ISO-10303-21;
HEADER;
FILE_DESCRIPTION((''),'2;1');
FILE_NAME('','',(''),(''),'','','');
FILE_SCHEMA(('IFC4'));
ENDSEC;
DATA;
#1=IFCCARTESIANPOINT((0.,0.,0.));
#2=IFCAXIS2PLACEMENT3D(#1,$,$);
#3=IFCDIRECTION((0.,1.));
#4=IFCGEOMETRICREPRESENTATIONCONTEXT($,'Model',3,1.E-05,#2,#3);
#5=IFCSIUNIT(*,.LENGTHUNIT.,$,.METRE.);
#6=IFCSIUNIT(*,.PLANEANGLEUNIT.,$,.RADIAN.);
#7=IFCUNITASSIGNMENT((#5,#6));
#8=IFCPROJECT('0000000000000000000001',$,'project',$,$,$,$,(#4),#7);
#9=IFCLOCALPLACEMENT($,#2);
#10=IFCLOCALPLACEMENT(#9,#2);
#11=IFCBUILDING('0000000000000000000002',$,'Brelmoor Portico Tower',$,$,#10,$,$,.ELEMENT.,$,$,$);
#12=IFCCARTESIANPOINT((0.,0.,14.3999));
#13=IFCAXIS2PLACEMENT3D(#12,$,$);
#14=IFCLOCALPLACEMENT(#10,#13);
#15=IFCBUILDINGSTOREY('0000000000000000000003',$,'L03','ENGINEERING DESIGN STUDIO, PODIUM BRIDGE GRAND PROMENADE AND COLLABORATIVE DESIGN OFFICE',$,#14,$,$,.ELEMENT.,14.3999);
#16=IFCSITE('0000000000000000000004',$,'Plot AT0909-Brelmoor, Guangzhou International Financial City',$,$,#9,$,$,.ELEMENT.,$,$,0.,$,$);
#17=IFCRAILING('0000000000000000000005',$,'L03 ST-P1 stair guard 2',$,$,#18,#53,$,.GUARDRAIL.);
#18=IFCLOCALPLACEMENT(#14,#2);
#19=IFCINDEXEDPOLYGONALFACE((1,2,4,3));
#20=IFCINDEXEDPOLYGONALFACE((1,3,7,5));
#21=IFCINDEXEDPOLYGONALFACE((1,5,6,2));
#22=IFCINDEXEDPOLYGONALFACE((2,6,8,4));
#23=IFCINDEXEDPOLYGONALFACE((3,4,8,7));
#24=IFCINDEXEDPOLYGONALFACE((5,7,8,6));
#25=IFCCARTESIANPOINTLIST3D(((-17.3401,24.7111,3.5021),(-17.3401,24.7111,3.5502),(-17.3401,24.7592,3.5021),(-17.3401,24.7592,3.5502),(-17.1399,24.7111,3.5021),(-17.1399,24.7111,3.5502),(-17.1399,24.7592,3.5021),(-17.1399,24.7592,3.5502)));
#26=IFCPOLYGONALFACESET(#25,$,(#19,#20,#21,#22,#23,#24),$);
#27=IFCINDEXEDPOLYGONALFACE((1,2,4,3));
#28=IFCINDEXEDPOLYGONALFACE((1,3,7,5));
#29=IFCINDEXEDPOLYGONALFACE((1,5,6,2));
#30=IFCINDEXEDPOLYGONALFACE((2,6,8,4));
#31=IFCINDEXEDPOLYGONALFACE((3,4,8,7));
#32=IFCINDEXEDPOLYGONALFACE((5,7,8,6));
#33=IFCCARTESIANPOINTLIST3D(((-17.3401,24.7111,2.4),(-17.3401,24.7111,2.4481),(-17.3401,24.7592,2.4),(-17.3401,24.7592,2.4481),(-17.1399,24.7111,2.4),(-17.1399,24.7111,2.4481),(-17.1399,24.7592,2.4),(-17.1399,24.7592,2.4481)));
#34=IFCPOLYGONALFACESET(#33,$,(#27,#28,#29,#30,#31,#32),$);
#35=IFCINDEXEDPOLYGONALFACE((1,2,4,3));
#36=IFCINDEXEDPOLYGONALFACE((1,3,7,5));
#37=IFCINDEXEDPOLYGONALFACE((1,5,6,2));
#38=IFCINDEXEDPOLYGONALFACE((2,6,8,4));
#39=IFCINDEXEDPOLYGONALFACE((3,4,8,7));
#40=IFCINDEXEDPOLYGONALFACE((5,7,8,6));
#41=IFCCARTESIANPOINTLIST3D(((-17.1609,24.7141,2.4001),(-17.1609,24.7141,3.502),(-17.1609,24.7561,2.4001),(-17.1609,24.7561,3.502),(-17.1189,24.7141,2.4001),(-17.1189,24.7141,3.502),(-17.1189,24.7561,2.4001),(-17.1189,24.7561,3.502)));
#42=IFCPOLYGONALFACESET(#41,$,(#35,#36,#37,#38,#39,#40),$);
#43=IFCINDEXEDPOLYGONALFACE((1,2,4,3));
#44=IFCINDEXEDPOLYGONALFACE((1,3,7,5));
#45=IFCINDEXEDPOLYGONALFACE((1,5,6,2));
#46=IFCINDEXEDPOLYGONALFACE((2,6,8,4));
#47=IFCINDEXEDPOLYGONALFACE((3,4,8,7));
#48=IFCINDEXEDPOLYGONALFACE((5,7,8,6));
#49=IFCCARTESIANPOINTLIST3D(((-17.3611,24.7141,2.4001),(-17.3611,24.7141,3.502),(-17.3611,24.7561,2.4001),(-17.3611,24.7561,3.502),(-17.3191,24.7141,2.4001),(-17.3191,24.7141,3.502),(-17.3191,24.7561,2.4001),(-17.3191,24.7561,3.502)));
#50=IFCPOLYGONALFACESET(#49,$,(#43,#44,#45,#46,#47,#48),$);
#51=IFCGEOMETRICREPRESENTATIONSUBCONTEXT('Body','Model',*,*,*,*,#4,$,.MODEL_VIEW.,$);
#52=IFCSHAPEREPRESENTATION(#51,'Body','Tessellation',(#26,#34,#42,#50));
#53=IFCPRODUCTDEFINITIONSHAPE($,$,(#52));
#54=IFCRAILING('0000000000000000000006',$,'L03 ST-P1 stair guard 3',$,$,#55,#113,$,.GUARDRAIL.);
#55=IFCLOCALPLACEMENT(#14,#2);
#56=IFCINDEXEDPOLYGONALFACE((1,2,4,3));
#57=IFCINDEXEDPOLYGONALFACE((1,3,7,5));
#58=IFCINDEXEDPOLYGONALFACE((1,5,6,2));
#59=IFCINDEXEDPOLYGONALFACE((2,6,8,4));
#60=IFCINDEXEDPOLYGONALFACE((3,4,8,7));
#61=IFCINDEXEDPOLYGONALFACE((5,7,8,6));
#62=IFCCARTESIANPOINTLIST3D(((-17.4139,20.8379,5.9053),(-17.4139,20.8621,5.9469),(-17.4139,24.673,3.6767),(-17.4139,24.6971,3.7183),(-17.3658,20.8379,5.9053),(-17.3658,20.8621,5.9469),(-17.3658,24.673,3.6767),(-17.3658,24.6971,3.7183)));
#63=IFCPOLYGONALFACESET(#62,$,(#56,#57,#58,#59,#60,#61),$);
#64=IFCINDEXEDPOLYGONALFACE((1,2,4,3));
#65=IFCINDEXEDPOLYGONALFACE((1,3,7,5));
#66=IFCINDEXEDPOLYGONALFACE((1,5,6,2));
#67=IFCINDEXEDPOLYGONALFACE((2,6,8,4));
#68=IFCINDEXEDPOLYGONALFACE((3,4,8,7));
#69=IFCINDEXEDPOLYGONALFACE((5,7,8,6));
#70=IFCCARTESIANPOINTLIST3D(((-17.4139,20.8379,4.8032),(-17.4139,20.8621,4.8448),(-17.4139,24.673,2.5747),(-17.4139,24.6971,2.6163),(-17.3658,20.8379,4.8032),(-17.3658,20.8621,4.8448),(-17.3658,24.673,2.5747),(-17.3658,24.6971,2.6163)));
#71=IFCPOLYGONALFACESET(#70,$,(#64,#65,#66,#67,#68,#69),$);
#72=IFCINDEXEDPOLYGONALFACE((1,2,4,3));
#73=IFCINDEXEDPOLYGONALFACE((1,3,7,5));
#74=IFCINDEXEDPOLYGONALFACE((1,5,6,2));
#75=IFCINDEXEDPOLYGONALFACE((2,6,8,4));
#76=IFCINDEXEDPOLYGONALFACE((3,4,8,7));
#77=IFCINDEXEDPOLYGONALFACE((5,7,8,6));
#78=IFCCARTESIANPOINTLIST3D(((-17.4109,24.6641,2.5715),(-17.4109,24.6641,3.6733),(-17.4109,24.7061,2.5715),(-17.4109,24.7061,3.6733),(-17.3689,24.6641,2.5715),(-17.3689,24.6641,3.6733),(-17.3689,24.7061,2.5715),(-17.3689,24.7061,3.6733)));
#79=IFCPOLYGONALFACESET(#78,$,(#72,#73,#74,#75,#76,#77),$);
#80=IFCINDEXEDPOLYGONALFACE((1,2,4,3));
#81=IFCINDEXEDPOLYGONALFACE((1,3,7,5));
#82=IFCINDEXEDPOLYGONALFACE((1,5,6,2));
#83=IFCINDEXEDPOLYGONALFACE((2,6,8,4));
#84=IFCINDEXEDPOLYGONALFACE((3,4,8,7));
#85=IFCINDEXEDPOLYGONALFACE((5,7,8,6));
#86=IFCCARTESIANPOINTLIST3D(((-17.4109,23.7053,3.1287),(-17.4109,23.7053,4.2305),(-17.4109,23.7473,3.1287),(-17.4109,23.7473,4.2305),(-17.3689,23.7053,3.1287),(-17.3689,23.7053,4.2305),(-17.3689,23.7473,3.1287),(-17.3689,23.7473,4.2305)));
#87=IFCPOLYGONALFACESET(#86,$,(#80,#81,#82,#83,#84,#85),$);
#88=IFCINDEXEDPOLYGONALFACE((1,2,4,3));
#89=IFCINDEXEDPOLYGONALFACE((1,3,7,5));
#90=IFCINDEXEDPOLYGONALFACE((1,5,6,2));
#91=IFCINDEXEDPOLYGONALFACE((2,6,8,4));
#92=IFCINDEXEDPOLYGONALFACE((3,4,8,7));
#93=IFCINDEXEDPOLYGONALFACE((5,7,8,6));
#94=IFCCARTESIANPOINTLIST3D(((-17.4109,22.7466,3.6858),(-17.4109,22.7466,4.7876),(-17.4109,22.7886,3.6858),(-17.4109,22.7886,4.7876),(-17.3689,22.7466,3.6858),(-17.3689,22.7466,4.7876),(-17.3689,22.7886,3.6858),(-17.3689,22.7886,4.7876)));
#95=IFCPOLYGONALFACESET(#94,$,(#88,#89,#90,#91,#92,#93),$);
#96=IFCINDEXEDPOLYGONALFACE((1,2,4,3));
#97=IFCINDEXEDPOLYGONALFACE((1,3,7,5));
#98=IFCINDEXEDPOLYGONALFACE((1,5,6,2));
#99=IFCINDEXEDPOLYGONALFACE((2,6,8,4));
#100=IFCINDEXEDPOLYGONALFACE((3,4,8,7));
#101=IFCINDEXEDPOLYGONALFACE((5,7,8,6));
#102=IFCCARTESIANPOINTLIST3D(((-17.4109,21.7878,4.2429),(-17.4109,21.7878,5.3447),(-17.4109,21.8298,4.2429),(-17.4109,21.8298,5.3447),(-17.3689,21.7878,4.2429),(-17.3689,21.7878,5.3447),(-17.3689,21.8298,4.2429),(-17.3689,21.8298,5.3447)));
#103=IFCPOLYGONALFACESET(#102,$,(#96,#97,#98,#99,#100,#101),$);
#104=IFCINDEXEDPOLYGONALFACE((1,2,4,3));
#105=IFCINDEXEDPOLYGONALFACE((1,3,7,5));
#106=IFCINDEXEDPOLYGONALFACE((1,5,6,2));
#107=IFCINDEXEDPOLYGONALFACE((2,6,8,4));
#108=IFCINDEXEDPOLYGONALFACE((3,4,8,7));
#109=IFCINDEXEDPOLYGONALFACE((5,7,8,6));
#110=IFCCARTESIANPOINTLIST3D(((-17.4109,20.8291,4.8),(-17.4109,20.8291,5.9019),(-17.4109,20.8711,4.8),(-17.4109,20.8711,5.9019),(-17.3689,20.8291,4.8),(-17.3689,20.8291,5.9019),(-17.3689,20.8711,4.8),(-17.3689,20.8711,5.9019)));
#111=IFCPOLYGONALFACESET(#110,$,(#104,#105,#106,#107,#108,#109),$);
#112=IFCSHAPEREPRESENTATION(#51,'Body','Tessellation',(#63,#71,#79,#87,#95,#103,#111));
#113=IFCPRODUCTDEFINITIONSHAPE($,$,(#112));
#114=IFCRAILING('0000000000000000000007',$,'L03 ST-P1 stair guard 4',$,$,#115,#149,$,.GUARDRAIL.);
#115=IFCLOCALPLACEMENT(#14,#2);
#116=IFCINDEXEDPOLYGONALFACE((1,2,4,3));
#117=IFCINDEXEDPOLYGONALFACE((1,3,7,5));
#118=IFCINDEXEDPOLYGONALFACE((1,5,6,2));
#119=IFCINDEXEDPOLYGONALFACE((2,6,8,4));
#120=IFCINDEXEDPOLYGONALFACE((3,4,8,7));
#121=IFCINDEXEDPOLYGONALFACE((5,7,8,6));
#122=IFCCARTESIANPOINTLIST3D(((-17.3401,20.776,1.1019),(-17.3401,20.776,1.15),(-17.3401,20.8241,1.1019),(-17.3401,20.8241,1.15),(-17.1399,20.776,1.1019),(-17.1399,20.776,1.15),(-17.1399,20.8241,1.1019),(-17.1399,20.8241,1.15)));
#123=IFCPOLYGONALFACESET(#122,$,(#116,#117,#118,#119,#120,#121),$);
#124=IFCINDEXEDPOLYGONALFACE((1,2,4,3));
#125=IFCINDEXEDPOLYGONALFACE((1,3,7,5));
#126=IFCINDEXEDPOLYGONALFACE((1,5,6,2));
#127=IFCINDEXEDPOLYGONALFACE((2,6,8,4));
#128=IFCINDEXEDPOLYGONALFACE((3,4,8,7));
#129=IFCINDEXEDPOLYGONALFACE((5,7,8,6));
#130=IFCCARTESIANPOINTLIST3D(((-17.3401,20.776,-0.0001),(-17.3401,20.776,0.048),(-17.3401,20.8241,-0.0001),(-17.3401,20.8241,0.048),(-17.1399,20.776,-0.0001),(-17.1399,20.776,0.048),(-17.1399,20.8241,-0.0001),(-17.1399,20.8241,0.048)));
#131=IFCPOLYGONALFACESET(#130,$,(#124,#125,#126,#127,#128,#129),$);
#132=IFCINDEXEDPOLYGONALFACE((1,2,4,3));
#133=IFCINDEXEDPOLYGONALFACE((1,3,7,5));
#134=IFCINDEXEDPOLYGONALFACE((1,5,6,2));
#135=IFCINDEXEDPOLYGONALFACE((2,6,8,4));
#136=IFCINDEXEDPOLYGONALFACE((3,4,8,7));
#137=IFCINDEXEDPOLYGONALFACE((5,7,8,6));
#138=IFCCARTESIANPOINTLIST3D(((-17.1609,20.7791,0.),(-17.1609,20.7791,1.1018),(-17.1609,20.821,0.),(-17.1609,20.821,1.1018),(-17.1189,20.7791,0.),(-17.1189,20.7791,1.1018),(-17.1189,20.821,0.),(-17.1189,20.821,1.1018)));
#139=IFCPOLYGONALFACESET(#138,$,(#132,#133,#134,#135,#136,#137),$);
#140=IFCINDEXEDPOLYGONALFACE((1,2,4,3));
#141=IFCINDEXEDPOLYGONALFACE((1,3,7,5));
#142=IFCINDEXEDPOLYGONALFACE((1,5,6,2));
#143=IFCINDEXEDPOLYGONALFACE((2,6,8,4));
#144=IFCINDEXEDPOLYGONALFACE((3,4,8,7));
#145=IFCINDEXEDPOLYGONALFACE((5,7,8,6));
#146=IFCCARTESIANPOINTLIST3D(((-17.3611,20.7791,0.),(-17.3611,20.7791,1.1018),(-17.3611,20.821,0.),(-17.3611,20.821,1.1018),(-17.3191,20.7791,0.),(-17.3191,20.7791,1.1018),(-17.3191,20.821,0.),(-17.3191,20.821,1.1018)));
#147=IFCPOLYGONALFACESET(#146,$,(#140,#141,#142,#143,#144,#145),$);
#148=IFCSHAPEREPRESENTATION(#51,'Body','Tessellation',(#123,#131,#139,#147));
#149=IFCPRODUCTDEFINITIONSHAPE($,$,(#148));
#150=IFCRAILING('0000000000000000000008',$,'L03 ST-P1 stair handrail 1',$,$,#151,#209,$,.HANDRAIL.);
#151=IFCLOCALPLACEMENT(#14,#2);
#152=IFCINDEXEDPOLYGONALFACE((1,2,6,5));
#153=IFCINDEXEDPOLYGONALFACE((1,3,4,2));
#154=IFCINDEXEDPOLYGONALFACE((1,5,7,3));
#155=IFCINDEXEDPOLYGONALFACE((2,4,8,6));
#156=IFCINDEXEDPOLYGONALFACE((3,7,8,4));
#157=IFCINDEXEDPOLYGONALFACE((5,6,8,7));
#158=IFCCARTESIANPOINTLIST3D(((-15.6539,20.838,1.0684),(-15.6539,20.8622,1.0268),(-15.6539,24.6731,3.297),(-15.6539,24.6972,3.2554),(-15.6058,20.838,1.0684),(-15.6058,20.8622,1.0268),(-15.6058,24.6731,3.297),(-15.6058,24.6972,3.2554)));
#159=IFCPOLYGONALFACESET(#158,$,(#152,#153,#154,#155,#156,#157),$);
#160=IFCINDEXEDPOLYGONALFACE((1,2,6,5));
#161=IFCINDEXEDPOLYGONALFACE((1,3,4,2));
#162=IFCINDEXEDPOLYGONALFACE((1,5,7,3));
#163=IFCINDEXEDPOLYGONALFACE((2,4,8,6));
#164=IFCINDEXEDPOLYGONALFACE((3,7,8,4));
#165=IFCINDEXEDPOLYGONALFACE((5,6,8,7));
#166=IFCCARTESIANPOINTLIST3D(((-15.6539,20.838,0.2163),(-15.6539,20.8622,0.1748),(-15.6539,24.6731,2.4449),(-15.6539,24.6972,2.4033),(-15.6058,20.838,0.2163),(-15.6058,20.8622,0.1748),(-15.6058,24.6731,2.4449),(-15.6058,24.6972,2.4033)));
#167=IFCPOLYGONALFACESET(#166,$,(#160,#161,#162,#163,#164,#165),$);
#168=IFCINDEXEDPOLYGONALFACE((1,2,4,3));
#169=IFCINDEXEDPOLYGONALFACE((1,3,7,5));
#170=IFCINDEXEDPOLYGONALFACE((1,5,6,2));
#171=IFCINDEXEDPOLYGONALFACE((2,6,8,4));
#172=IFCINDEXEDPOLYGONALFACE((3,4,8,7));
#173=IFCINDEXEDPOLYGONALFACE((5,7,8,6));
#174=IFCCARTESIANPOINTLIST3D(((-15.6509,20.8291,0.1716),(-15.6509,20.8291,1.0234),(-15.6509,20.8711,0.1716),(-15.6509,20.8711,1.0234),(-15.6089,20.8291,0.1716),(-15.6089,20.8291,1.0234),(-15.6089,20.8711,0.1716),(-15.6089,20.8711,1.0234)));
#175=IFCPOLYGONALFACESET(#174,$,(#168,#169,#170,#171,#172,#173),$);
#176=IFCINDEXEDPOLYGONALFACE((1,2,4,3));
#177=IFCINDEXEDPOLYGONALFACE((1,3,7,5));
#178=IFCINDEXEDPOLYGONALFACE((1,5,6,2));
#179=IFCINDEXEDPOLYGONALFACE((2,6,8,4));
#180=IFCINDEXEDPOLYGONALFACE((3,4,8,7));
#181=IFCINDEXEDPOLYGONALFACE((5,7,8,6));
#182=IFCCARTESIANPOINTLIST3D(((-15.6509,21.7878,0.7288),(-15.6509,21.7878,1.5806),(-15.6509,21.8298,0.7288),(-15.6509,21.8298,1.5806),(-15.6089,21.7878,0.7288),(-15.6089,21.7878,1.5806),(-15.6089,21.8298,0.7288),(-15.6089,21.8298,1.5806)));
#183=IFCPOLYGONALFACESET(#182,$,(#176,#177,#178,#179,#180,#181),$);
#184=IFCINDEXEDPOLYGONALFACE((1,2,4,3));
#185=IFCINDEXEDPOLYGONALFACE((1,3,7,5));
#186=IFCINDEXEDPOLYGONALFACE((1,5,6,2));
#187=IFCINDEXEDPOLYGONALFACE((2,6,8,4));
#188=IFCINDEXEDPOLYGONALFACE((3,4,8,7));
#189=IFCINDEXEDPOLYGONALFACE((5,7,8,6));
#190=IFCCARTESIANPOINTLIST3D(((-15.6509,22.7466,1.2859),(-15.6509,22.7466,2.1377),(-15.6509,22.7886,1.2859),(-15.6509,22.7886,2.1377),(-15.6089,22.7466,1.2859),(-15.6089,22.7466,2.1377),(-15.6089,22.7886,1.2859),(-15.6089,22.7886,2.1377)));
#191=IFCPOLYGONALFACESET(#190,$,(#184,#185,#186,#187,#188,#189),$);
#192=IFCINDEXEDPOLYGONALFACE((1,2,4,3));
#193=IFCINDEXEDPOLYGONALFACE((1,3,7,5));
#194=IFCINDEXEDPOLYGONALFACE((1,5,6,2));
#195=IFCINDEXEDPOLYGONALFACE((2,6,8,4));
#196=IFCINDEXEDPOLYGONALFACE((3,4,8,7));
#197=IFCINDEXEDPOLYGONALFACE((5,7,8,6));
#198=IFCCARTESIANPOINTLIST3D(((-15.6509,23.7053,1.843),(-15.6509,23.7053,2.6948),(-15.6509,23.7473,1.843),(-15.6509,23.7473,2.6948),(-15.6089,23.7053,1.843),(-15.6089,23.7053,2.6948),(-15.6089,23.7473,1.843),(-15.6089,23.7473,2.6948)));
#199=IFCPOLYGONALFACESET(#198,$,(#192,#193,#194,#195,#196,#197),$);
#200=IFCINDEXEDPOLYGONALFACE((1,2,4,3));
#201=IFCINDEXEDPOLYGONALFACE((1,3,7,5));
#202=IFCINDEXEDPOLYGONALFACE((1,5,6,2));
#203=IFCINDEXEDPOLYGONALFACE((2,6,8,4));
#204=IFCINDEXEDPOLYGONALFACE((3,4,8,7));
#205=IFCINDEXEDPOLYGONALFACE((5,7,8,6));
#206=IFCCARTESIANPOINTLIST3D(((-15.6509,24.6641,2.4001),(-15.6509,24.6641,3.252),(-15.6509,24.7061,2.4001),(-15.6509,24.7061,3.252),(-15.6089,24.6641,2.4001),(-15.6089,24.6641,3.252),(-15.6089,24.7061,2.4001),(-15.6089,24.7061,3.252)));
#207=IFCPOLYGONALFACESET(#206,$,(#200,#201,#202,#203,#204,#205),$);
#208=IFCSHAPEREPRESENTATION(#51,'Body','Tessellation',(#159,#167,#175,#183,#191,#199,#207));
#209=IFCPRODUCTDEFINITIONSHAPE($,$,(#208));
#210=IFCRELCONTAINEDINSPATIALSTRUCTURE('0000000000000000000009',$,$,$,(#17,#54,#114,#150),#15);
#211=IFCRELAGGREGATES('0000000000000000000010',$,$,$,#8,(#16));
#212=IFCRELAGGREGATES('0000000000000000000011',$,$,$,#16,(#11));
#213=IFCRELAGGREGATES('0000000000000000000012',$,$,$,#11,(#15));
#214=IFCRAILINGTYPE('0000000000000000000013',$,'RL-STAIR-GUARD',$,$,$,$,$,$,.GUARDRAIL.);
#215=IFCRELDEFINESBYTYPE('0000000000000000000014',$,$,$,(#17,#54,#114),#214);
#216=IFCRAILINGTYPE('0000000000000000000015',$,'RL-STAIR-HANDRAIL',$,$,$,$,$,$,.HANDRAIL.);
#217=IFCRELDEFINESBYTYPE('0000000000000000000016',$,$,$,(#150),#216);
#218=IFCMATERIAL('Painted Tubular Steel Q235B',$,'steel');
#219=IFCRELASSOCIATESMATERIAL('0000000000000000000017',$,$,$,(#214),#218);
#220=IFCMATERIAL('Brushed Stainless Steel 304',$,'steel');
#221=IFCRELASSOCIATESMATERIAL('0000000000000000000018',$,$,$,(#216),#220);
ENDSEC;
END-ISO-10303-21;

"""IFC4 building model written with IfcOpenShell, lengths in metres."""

from ifc_helpers import new_model, si_unit, direction, frame, origin, origin_2d, place, context, subcontext, project, spatial, rectangle, extrude, material, type_object, element, save


model = new_model("IFC4")

# Units and contexts
model_context = context("Model", 3, precision=1e-05, world=origin(), true_north=direction((0.0, 1.0)))
body_context = subcontext(model_context, "Body", "Model", "MODEL_VIEW")
ifc_project = project(units=[si_unit("LENGTHUNIT", "METRE"), si_unit("PLANEANGLEUNIT", "RADIAN")], contexts=[model_context])

# Site, building, storey
site_placement = place(None, origin())
site = spatial("IfcSite", under=ifc_project, at=site_placement, Name="Plot AT0909-Brelmoor, Guangzhou International Financial City", CompositionType="ELEMENT", RefElevation=0.0)
building_placement = place(site_placement, origin())
building = spatial("IfcBuilding", under=site, at=building_placement, Name="Brelmoor Portico Tower", CompositionType="ELEMENT")
storey_placement = place(building_placement, frame((0.0, 0.0, 14.3999)))
storey = spatial("IfcBuildingStorey", under=building, at=storey_placement, Name="L03", Description="ENGINEERING DESIGN STUDIO, PODIUM BRIDGE GRAND PROMENADE AND COLLABORATIVE DESIGN OFFICE", CompositionType="ELEMENT", Elevation=14.3999)

# Railings
ifc_material_1 = material(Name="Painted Tubular Steel Q235B", Category="steel")
railing_type_1 = type_object("IfcRailingType", Name="RL-STAIR-GUARD", PredefinedType="GUARDRAIL", material=ifc_material_1)
railing_1_placement = place(storey_placement, frame((-17.1399, 24.7351, 2.4001)))
element("IfcRailing", 1, at=railing_1_placement, inside=storey, type_object=railing_type_1, Name="L03 ST-P1 stair guard 2", PredefinedType="GUARDRAIL", context=body_context, shape_type="SweptSolid", body=[
    extrude(rectangle(XDim=0.0481, YDim=0.0481, at=origin_2d()), frame((0.0, 0.0, 1.126), z_axis=(-1.0, 0.0, 0.0), x_axis=(0.0, -1.0, 0.0)), (0.0, 0.0, 1.0), 0.2002),
    extrude(rectangle(XDim=0.0481, YDim=0.0481, at=origin_2d()), frame((0.0, 0.0, 0.0239), z_axis=(-1.0, 0.0, 0.0), x_axis=(0.0, -1.0, 0.0)), (0.0, 0.0, 1.0), 0.2002),
    extrude(rectangle(XDim=0.042, YDim=0.042, at=origin_2d()), origin(), (0.0, 0.0, 1.0), 1.1018),
    extrude(rectangle(XDim=0.042, YDim=0.042, at=origin_2d()), frame((-0.2002, 0.0, 0.0)), (0.0, 0.0, 1.0), 1.1018),
])
railing_2_placement = place(storey_placement, frame((-17.3899, 24.6851, 2.5715)))
element("IfcRailing", 2, at=railing_2_placement, inside=storey, type_object=railing_type_1, Name="L03 ST-P1 stair guard 3", PredefinedType="GUARDRAIL", context=body_context, shape_type="SweptSolid", body=[
    extrude(rectangle(XDim=0.0481, YDim=0.0481, at=origin_2d()), frame((0.0, 0.0, 1.126), z_axis=(0.0, -0.864616, 0.502433), x_axis=(1.0, 0.0, 0.0)), (0.0, 0.0, 1.0), 4.4355),
    extrude(rectangle(XDim=0.0481, YDim=0.0481, at=origin_2d()), frame((0.0, 0.0, 0.0239), z_axis=(0.0, -0.864616, 0.502433), x_axis=(1.0, 0.0, 0.0)), (0.0, 0.0, 1.0), 4.4355),
    extrude(rectangle(XDim=0.042, YDim=0.042, at=origin_2d()), origin(), (0.0, 0.0, 1.0), 1.1018),
    extrude(rectangle(XDim=0.042, YDim=0.042, at=origin_2d()), frame((0.0, -0.9587, 0.5571)), (0.0, 0.0, 1.0), 1.1018),
    extrude(rectangle(XDim=0.042, YDim=0.042, at=origin_2d()), frame((0.0, -1.9175, 1.1143)), (0.0, 0.0, 1.0), 1.1018),
    extrude(rectangle(XDim=0.042, YDim=0.042, at=origin_2d()), frame((0.0, -2.8762, 1.6714)), (0.0, 0.0, 1.0), 1.1018),
    extrude(rectangle(XDim=0.042, YDim=0.042, at=origin_2d()), frame((0.0, -3.835, 2.2285)), (0.0, 0.0, 1.0), 1.1018),
])
railing_3_placement = place(storey_placement, frame((-17.1399, 20.8, 0.0)))
element("IfcRailing", 3, at=railing_3_placement, inside=storey, type_object=railing_type_1, Name="L03 ST-P1 stair guard 4", PredefinedType="GUARDRAIL", context=body_context, shape_type="SweptSolid", body=[
    extrude(rectangle(XDim=0.0481, YDim=0.0481, at=origin_2d()), frame((0.0, 0.0, 1.126), z_axis=(-1.0, 0.0, 0.0), x_axis=(0.0, -1.0, 0.0)), (0.0, 0.0, 1.0), 0.2002),
    extrude(rectangle(XDim=0.0481, YDim=0.0481, at=origin_2d()), frame((0.0, 0.0, 0.0239), z_axis=(-1.0, 0.0, 0.0), x_axis=(0.0, -1.0, 0.0)), (0.0, 0.0, 1.0), 0.2002),
    extrude(rectangle(XDim=0.042, YDim=0.042, at=origin_2d()), origin(), (0.0, 0.0, 1.0), 1.1018),
    extrude(rectangle(XDim=0.042, YDim=0.042, at=origin_2d()), frame((-0.2002, 0.0, 0.0)), (0.0, 0.0, 1.0), 1.1018),
])
ifc_material_2 = material(Name="Brushed Stainless Steel 304", Category="steel")
railing_type_2 = type_object("IfcRailingType", Name="RL-STAIR-HANDRAIL", PredefinedType="HANDRAIL", material=ifc_material_2)
railing_4_placement = place(storey_placement, frame((-15.6299, 20.8501, 0.1716)))
element("IfcRailing", 4, at=railing_4_placement, inside=storey, type_object=railing_type_2, Name="L03 ST-P1 stair handrail 1", PredefinedType="HANDRAIL", context=body_context, shape_type="SweptSolid", body=[
    extrude(rectangle(XDim=0.0481, YDim=0.0481, at=origin_2d()), frame((0.0, 0.0, 0.876), z_axis=(0.0, 0.864616, 0.502433), x_axis=(-1.0, 0.0, 0.0)), (0.0, 0.0, 1.0), 4.4355),
    extrude(rectangle(XDim=0.0481, YDim=0.0481, at=origin_2d()), frame((0.0, 0.0, 0.0239), z_axis=(0.0, 0.864616, 0.502433), x_axis=(-1.0, 0.0, 0.0)), (0.0, 0.0, 1.0), 4.4355),
    extrude(rectangle(XDim=0.042, YDim=0.042, at=origin_2d()), origin(), (0.0, 0.0, 1.0), 0.8518),
    extrude(rectangle(XDim=0.042, YDim=0.042, at=origin_2d()), frame((0.0, 0.9587, 0.5571)), (0.0, 0.0, 1.0), 0.8518),
    extrude(rectangle(XDim=0.042, YDim=0.042, at=origin_2d()), frame((0.0, 1.9175, 1.1143)), (0.0, 0.0, 1.0), 0.8518),
    extrude(rectangle(XDim=0.042, YDim=0.042, at=origin_2d()), frame((0.0, 2.8762, 1.6714)), (0.0, 0.0, 1.0), 0.8518),
    extrude(rectangle(XDim=0.042, YDim=0.042, at=origin_2d()), frame((0.0, 3.835, 2.2285)), (0.0, 0.0, 1.0), 0.8518),
])

save(model, "model.ifc")
